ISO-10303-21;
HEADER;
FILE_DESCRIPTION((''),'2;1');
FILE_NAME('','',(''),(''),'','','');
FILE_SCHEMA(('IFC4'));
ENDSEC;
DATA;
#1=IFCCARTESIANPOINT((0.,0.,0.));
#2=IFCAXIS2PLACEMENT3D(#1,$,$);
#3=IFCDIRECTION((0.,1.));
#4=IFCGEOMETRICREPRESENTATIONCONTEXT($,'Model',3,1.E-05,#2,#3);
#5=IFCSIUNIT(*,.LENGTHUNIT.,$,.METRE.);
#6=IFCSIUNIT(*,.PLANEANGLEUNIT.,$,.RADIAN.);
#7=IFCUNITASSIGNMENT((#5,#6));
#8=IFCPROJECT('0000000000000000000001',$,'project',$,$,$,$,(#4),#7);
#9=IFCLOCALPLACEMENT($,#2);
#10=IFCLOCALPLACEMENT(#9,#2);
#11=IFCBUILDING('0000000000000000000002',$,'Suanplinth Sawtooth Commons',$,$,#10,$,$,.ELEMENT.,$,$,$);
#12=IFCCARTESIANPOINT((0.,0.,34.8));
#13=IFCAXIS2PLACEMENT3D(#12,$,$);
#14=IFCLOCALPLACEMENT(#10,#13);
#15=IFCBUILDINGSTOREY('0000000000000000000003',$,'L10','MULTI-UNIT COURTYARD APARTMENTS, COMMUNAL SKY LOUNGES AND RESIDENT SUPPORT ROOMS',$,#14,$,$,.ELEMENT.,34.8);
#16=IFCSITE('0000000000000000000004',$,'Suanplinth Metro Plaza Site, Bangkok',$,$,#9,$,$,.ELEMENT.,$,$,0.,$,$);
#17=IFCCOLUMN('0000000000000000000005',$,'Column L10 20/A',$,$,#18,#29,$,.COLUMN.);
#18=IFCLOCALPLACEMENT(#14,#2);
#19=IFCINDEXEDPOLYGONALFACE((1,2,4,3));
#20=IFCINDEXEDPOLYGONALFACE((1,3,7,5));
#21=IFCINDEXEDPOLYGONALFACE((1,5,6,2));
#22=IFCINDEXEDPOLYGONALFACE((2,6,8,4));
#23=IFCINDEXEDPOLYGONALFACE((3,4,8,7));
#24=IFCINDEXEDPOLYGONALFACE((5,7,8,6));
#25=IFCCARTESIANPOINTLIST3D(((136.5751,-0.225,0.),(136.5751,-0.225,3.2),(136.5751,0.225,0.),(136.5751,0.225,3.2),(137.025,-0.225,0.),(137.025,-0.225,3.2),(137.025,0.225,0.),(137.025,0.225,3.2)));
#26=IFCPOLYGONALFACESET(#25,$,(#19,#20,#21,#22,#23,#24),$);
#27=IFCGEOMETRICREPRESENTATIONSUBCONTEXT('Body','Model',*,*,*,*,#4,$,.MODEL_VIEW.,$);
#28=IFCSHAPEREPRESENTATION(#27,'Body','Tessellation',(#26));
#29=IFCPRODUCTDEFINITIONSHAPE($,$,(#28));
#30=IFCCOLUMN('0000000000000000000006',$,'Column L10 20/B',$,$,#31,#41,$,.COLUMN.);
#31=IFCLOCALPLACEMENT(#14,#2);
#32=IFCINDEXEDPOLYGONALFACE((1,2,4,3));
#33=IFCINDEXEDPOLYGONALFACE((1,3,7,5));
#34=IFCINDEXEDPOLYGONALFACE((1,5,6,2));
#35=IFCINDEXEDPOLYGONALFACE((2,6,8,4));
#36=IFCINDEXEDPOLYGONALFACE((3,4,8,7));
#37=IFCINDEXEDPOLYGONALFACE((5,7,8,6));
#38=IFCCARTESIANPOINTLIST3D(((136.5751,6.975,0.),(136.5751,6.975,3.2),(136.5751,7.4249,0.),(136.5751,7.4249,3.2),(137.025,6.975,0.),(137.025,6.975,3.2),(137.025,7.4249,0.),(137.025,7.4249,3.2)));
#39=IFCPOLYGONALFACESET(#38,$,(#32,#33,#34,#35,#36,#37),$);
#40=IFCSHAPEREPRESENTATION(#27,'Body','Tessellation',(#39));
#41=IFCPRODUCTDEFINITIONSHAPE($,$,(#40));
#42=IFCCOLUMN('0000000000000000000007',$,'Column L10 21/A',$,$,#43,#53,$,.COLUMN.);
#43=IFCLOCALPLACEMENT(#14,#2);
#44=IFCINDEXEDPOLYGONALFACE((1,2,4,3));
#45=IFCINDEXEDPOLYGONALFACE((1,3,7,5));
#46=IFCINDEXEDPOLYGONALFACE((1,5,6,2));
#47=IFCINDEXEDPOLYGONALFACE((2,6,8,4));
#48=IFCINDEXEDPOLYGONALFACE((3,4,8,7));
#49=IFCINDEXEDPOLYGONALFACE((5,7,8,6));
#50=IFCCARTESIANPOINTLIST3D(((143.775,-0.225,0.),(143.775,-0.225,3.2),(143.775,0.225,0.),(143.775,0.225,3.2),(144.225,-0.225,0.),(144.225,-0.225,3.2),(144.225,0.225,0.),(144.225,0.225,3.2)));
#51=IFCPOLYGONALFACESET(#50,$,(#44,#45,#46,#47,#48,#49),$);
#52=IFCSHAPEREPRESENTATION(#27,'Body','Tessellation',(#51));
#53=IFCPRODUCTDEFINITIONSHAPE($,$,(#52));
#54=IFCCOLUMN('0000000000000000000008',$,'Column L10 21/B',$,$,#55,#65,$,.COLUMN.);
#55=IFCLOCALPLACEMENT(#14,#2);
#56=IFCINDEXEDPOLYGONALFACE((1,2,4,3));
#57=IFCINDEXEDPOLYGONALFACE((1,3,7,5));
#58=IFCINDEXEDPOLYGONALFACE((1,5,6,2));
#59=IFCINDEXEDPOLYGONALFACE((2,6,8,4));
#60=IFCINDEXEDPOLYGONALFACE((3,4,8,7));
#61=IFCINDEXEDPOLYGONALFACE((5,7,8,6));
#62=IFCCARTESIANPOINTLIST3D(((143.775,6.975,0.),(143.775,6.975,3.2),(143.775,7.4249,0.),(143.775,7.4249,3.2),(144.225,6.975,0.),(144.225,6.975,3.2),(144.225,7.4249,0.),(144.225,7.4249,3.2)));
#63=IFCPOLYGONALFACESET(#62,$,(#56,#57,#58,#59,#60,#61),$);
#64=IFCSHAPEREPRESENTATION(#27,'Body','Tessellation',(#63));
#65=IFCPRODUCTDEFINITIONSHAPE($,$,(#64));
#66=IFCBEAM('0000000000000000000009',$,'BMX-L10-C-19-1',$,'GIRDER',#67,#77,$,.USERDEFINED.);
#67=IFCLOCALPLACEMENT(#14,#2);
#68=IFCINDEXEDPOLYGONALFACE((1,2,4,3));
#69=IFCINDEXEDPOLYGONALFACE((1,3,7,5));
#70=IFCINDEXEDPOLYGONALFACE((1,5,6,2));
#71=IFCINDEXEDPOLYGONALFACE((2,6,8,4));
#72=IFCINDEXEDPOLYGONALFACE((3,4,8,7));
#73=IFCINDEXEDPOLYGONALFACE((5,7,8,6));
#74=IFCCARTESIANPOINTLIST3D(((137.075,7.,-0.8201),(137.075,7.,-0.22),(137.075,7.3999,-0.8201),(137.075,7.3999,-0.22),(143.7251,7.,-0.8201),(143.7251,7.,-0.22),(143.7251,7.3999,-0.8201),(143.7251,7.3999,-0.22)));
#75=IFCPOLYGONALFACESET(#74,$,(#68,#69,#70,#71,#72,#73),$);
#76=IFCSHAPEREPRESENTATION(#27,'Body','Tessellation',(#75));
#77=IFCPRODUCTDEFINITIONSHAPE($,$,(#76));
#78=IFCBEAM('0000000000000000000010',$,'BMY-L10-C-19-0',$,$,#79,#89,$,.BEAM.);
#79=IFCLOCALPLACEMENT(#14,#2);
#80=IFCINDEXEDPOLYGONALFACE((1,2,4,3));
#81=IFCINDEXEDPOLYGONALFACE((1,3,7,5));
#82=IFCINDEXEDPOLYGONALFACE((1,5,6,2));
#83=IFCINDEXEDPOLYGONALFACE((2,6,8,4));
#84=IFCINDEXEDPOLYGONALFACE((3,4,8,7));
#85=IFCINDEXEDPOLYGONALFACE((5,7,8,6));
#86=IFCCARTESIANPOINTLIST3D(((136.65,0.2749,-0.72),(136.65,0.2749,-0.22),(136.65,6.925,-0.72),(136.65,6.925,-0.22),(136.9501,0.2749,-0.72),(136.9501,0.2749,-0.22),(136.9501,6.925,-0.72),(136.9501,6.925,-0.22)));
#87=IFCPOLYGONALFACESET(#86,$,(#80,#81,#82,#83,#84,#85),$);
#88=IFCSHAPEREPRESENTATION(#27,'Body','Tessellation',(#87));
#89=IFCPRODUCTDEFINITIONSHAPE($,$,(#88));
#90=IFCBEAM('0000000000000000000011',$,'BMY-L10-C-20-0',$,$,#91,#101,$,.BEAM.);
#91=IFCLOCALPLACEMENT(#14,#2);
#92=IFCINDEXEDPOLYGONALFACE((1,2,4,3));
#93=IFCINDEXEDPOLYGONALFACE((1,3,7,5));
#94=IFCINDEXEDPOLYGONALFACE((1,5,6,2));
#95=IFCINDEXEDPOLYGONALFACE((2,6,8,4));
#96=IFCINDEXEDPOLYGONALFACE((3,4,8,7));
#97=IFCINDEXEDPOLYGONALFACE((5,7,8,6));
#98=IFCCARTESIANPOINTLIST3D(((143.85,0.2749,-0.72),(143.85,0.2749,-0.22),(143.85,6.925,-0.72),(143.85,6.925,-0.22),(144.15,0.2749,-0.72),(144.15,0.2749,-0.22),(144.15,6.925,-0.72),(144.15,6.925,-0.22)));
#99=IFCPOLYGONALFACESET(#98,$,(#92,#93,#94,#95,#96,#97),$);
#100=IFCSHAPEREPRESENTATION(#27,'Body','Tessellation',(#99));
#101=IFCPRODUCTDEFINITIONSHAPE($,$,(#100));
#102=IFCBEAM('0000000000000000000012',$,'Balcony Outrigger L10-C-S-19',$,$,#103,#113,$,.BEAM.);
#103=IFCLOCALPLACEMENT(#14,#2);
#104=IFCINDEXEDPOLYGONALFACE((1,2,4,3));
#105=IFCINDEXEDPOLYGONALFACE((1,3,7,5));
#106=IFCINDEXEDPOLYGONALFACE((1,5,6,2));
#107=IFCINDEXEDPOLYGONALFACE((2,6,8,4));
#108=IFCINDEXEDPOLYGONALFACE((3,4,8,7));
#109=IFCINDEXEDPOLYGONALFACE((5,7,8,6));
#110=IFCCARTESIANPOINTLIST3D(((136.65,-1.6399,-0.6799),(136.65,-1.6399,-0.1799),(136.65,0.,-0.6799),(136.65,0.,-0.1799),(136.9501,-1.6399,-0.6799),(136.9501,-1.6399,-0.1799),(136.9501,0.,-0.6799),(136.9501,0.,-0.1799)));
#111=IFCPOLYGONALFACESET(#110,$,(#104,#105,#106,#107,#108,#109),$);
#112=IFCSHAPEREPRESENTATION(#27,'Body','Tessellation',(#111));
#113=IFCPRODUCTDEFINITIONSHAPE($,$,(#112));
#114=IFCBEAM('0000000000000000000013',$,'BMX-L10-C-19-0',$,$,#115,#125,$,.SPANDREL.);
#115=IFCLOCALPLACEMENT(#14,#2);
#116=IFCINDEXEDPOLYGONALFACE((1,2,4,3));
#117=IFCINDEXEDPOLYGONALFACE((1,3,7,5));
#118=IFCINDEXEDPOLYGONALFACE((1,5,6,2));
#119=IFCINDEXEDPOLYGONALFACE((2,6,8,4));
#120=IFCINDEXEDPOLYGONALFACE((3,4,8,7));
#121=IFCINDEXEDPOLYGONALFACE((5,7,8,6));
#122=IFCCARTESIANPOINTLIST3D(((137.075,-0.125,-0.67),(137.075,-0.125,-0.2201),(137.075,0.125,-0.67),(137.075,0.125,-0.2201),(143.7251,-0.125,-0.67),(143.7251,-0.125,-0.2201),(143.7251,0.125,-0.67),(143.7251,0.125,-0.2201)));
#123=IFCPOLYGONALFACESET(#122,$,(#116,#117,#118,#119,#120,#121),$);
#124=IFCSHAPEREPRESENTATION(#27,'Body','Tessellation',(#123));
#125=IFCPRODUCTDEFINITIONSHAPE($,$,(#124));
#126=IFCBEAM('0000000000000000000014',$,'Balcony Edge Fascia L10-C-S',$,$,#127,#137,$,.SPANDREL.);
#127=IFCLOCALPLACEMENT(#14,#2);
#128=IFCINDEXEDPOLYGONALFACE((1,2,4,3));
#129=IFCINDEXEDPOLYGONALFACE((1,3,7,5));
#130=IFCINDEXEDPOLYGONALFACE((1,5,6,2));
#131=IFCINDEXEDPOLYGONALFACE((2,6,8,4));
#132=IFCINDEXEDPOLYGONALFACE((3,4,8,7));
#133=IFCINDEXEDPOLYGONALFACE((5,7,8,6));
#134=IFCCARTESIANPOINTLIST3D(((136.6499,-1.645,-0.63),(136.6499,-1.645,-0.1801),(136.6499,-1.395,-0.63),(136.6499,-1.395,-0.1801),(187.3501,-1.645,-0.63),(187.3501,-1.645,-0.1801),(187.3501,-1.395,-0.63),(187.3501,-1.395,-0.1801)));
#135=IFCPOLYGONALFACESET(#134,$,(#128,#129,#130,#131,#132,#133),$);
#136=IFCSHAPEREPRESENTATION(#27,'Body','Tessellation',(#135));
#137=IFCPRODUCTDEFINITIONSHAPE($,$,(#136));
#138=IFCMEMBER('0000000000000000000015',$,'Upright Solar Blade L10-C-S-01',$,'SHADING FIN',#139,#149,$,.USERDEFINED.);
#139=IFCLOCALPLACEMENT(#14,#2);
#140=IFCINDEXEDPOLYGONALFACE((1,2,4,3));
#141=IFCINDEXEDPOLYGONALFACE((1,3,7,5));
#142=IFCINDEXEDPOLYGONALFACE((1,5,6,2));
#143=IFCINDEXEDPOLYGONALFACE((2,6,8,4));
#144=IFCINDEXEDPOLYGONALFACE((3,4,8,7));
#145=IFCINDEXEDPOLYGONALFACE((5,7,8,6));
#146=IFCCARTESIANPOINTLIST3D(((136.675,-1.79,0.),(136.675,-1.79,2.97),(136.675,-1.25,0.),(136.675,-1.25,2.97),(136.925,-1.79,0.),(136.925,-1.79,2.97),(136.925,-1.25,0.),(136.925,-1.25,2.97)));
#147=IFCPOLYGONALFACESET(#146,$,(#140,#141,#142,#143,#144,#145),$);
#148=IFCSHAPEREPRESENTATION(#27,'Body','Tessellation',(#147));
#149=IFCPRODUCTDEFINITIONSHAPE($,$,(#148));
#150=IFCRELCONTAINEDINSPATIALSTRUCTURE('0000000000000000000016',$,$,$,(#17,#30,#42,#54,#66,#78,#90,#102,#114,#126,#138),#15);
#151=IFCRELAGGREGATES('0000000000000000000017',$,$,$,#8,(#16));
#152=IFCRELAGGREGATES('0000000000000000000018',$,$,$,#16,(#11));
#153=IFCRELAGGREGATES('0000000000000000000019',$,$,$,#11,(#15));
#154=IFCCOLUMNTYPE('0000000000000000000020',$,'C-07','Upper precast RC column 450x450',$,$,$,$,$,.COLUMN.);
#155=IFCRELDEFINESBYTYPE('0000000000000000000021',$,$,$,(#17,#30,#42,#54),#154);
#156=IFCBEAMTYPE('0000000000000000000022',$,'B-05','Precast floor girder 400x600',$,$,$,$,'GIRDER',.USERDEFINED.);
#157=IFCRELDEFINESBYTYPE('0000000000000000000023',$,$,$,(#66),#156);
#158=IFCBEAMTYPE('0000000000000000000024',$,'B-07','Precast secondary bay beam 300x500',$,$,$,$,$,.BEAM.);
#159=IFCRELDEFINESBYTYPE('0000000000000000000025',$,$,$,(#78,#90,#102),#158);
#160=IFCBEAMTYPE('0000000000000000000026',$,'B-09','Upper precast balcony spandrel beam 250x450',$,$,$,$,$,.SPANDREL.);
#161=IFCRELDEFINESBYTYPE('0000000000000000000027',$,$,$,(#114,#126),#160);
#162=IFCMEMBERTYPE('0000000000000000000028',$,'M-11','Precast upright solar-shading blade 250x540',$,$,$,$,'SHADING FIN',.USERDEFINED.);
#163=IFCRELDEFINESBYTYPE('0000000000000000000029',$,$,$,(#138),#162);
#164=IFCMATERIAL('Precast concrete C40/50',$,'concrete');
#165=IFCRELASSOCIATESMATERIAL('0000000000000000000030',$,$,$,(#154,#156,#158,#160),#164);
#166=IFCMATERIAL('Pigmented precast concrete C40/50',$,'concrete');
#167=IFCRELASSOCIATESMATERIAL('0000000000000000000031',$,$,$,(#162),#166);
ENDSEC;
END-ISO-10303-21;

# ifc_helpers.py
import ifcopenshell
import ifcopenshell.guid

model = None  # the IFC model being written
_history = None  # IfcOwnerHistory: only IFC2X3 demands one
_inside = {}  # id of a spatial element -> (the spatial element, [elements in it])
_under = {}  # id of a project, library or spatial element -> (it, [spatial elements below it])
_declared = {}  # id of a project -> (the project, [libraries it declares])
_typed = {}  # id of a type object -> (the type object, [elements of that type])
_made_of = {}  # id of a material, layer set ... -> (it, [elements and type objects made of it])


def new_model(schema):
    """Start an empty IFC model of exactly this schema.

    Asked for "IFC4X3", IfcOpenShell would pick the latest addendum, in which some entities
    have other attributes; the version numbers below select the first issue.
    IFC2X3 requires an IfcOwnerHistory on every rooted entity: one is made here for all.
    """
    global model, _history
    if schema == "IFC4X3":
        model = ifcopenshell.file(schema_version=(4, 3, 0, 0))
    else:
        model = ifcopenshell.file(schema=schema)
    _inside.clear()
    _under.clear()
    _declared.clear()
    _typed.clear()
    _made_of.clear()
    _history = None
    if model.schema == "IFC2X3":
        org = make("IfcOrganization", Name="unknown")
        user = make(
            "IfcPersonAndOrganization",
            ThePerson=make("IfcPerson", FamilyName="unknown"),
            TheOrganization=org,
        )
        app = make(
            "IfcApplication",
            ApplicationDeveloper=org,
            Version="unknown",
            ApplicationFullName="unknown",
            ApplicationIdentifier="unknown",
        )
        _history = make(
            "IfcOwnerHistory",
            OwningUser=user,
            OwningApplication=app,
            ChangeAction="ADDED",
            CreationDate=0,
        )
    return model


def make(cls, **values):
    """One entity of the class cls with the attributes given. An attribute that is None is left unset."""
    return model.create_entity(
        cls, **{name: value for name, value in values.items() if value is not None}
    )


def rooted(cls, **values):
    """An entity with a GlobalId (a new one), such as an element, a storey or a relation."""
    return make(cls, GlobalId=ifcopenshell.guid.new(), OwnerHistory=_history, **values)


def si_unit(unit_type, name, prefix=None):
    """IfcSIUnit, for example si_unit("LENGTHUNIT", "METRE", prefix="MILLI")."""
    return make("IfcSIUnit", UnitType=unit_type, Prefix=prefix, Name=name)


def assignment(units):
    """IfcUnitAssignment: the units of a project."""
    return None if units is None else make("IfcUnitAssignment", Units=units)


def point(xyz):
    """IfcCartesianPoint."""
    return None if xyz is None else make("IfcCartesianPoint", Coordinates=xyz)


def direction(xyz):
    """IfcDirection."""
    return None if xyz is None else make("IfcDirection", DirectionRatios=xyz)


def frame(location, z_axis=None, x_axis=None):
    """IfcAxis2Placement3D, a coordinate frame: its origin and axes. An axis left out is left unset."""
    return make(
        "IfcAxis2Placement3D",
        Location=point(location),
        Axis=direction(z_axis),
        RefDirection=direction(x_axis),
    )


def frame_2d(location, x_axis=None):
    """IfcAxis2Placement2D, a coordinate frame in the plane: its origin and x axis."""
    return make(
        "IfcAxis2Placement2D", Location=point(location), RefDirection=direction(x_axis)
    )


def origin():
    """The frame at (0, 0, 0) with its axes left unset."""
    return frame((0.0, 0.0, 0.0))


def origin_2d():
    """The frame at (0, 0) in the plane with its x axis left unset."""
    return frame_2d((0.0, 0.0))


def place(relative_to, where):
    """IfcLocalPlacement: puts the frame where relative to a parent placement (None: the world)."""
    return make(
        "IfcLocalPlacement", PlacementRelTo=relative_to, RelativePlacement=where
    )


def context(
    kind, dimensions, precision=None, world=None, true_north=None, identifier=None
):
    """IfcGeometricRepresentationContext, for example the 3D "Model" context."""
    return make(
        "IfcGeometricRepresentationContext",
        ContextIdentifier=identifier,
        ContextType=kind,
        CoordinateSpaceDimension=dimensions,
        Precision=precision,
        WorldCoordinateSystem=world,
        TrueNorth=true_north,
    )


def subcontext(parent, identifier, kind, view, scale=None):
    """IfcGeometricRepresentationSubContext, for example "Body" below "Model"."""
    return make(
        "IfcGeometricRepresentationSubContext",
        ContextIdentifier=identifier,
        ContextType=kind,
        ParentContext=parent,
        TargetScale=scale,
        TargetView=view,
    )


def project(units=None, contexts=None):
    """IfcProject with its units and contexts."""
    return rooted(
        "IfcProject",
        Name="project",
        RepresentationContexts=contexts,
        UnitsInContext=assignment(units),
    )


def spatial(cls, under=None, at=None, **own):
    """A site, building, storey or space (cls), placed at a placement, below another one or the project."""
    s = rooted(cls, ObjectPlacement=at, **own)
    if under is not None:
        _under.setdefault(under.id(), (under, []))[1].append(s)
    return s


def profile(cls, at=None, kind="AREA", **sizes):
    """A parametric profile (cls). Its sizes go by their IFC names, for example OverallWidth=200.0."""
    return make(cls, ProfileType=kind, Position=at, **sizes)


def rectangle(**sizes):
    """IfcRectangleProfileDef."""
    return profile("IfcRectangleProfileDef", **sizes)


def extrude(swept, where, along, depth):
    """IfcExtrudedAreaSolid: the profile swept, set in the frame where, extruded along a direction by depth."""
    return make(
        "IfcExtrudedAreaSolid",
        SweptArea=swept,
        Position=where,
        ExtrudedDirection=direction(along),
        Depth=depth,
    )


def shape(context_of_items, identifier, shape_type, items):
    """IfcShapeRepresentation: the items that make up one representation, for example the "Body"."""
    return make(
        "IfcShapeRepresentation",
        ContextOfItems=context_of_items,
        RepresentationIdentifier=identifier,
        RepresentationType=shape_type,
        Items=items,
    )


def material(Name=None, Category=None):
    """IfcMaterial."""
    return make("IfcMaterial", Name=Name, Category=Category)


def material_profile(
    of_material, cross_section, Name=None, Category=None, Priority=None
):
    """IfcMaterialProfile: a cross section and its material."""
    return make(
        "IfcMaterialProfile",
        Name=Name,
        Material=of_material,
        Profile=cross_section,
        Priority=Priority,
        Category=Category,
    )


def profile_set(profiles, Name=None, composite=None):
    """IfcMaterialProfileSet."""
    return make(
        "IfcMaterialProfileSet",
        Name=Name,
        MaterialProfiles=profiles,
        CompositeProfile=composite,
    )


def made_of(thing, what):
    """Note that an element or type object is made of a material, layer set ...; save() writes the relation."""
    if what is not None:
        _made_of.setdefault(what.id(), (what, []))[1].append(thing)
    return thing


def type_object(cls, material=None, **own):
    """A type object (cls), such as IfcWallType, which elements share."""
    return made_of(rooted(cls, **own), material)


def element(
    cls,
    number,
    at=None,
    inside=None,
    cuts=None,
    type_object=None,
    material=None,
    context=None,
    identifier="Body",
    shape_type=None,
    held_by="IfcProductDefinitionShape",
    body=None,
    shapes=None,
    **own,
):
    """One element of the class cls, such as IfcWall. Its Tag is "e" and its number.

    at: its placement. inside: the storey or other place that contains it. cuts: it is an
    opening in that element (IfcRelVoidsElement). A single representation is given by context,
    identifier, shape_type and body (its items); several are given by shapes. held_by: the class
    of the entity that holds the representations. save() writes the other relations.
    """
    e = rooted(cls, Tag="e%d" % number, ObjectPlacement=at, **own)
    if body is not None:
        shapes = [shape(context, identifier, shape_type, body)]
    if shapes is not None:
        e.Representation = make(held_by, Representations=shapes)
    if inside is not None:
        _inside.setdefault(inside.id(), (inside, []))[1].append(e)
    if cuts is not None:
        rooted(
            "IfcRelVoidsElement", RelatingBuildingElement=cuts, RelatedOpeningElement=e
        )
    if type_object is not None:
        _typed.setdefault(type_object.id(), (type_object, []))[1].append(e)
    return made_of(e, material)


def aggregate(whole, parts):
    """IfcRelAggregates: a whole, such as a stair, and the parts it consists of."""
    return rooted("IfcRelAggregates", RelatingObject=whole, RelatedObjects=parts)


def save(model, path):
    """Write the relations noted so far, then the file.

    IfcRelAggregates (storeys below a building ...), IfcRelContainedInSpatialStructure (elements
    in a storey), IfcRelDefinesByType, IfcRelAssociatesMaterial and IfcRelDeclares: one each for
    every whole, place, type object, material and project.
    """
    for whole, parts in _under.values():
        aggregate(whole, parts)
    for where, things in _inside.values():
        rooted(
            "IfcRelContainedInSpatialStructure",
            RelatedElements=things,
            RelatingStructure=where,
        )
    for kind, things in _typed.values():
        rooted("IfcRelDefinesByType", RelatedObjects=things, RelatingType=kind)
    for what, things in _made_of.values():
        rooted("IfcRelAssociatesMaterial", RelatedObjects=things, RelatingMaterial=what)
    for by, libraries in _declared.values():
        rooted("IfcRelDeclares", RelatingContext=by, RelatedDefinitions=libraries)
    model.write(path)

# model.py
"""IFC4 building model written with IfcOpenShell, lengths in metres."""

from ifc_helpers import new_model, si_unit, direction, frame, origin, origin_2d, place, context, subcontext, project, spatial, rectangle, extrude, material, material_profile, profile_set, type_object, element, save


model = new_model("IFC4")

# Units and contexts
model_context = context("Model", 3, precision=1e-05, world=origin(), true_north=direction((0.0, 1.0)))
body_context = subcontext(model_context, "Body", "Model", "MODEL_VIEW")
ifc_project = project(units=[si_unit("LENGTHUNIT", "METRE"), si_unit("PLANEANGLEUNIT", "RADIAN")], contexts=[model_context])

# Site, building, storey
site_placement = place(None, origin())
site = spatial("IfcSite", under=ifc_project, at=site_placement, Name="Suanplinth Metro Plaza Site, Bangkok", CompositionType="ELEMENT", RefElevation=0.0)
building_placement = place(site_placement, origin())
building = spatial("IfcBuilding", under=site, at=building_placement, Name="Suanplinth Sawtooth Commons", CompositionType="ELEMENT")
storey_placement = place(building_placement, frame((0.0, 0.0, 34.8)))
storey = spatial("IfcBuildingStorey", under=building, at=storey_placement, Name="L10", Description="MULTI-UNIT COURTYARD APARTMENTS, COMMUNAL SKY LOUNGES AND RESIDENT SUPPORT ROOMS", CompositionType="ELEMENT", Elevation=34.8)

# Columns
ifc_material_1 = material(Name="Precast concrete C40/50", Category="concrete")
ifc_material_profile_1 = material_profile(ifc_material_1, rectangle(XDim=0.45, YDim=0.45, at=origin_2d()), Name="PC-COL 450x450")
ifc_profile_set_1 = profile_set([ifc_material_profile_1], Name="Precast concrete C40/50")
column_type = type_object("IfcColumnType", Name="C-07", Description="Upper precast RC column 450x450", PredefinedType="COLUMN", material=ifc_profile_set_1)
for number, where, z_axis, x_axis, name in (
    (1, (136.8, 0.0, 0.0), (0.0, 0.0, 1.0), (1.0, 0.0, 0.0), "Column L10 20/A"),
    (2, (136.8, 7.2, 0.0), (0.0, 0.0, 1.0), (1.0, 0.0, 0.0), "Column L10 20/B"),
    (3, (144.0, 0.0, 0.0), (0.0, 0.0, 1.0), (1.0, 0.0, 0.0), "Column L10 21/A"),
    (4, (144.0, 7.2, 0.0), (0.0, 0.0, 1.0), (1.0, 0.0, 0.0), "Column L10 21/B"),
):
    element("IfcColumn", number, at=place(storey_placement, frame(where, z_axis=z_axis, x_axis=x_axis)), inside=storey, type_object=column_type, Name=name, PredefinedType="COLUMN", context=body_context, shape_type="SweptSolid", body=[
        extrude(rectangle(XDim=0.45, YDim=0.45, at=origin_2d()), origin(), (0.0, 0.0, 1.0), 3.2),
    ])

# Beams
ifc_material_profile_2 = material_profile(ifc_material_1, rectangle(XDim=0.3999, YDim=0.6001, at=origin_2d()), Name="PC-GDR 400x600")
ifc_profile_set_2 = profile_set([ifc_material_profile_2], Name="Precast concrete C40/50")
beam_type_1 = type_object("IfcBeamType", Name="B-05", Description="Precast floor girder 400x600", ElementType="GIRDER", PredefinedType="USERDEFINED", material=ifc_profile_set_2)
beam_1_placement = place(storey_placement, frame((137.075, 7.2, -0.52), z_axis=(1.0, 0.0, 0.0), x_axis=(0.0, 1.0, 0.0)))
element("IfcBeam", 5, at=beam_1_placement, inside=storey, type_object=beam_type_1, Name="BMX-L10-C-19-1", ObjectType="GIRDER", PredefinedType="USERDEFINED", context=body_context, shape_type="SweptSolid", body=[
    extrude(rectangle(XDim=0.3999, YDim=0.6001, at=origin_2d()), origin(), (0.0, 0.0, 1.0), 6.6501),
])
ifc_material_profile_3 = material_profile(ifc_material_1, rectangle(XDim=0.3, YDim=0.5, at=origin_2d()), Name="PC-BM 300x500")
ifc_profile_set_3 = profile_set([ifc_material_profile_3], Name="Precast concrete C40/50")
beam_type_2 = type_object("IfcBeamType", Name="B-07", Description="Precast secondary bay beam 300x500", PredefinedType="BEAM", material=ifc_profile_set_3)
for number, where, z_axis, x_axis, name in (
    (6, (136.8, 0.2749, -0.47), (0.0, 1.0, 0.0), (-1.0, 0.0, 0.0), "BMY-L10-C-19-0"),
    (7, (144.0, 0.2749, -0.47), (0.0, 1.0, 0.0), (-1.0, 0.0, 0.0), "BMY-L10-C-20-0"),
):
    element("IfcBeam", number, at=place(storey_placement, frame(where, z_axis=z_axis, x_axis=x_axis)), inside=storey, type_object=beam_type_2, Name=name, PredefinedType="BEAM", context=body_context, shape_type="SweptSolid", body=[
        extrude(rectangle(XDim=0.3, YDim=0.5, at=origin_2d()), origin(), (0.0, 0.0, 1.0), 6.6501),
    ])
beam_2_placement = place(storey_placement, frame((136.8, 0.0, -0.4299), z_axis=(0.0, -1.0, 0.0), x_axis=(1.0, 0.0, 0.0)))
element("IfcBeam", 8, at=beam_2_placement, inside=storey, type_object=beam_type_2, Name="Balcony Outrigger L10-C-S-19", PredefinedType="BEAM", context=body_context, shape_type="SweptSolid", body=[
    extrude(rectangle(XDim=0.3, YDim=0.5, at=origin_2d()), origin(), (0.0, 0.0, 1.0), 1.6399),
])
ifc_material_profile_4 = material_profile(ifc_material_1, rectangle(XDim=0.25, YDim=0.45, at=origin_2d()), Name="PC-SP 250x450")
ifc_profile_set_4 = profile_set([ifc_material_profile_4], Name="Precast concrete C40/50")
beam_type_3 = type_object("IfcBeamType", Name="B-09", Description="Upper precast balcony spandrel beam 250x450", PredefinedType="SPANDREL", material=ifc_profile_set_4)
beam_3_placement = place(storey_placement, frame((137.075, 0.0, -0.4451), z_axis=(1.0, 0.0, 0.0), x_axis=(0.0, 1.0, 0.0)))
element("IfcBeam", 9, at=beam_3_placement, inside=storey, type_object=beam_type_3, Name="BMX-L10-C-19-0", PredefinedType="SPANDREL", context=body_context, shape_type="SweptSolid", body=[
    extrude(rectangle(XDim=0.25, YDim=0.45, at=origin_2d()), origin(), (0.0, 0.0, 1.0), 6.6501),
])
beam_4_placement = place(storey_placement, frame((136.6499, -1.52, -0.405), z_axis=(1.0, 0.0, 0.0), x_axis=(0.0, 1.0, 0.0)))
element("IfcBeam", 10, at=beam_4_placement, inside=storey, type_object=beam_type_3, Name="Balcony Edge Fascia L10-C-S", PredefinedType="SPANDREL", context=body_context, shape_type="SweptSolid", body=[
    extrude(rectangle(XDim=0.25, YDim=0.45, at=origin_2d()), origin(), (0.0, 0.0, 1.0), 50.7002),
])

# Member
ifc_material_2 = material(Name="Pigmented precast concrete C40/50", Category="concrete")
ifc_material_profile_5 = material_profile(ifc_material_2, rectangle(XDim=0.25, YDim=0.54, at=origin_2d()), Name="PC-FIN 250x540")
ifc_profile_set_5 = profile_set([ifc_material_profile_5], Name="Pigmented precast concrete C40/50")
member_type = type_object("IfcMemberType", Name="M-11", Description="Precast upright solar-shading blade 250x540", ElementType="SHADING FIN", PredefinedType="USERDEFINED", material=ifc_profile_set_5)
member_placement = place(storey_placement, frame((136.8, -1.52, 0.0), z_axis=(0.0, 0.0, 1.0), x_axis=(1.0, 0.0, 0.0)))
element("IfcMember", 11, at=member_placement, inside=storey, type_object=member_type, Name="Upright Solar Blade L10-C-S-01", ObjectType="SHADING FIN", PredefinedType="USERDEFINED", context=body_context, shape_type="SweptSolid", body=[
    extrude(rectangle(XDim=0.25, YDim=0.54, at=origin_2d()), origin(), (0.0, 0.0, 1.0), 2.97),
])

save(model, "model.ifc")
